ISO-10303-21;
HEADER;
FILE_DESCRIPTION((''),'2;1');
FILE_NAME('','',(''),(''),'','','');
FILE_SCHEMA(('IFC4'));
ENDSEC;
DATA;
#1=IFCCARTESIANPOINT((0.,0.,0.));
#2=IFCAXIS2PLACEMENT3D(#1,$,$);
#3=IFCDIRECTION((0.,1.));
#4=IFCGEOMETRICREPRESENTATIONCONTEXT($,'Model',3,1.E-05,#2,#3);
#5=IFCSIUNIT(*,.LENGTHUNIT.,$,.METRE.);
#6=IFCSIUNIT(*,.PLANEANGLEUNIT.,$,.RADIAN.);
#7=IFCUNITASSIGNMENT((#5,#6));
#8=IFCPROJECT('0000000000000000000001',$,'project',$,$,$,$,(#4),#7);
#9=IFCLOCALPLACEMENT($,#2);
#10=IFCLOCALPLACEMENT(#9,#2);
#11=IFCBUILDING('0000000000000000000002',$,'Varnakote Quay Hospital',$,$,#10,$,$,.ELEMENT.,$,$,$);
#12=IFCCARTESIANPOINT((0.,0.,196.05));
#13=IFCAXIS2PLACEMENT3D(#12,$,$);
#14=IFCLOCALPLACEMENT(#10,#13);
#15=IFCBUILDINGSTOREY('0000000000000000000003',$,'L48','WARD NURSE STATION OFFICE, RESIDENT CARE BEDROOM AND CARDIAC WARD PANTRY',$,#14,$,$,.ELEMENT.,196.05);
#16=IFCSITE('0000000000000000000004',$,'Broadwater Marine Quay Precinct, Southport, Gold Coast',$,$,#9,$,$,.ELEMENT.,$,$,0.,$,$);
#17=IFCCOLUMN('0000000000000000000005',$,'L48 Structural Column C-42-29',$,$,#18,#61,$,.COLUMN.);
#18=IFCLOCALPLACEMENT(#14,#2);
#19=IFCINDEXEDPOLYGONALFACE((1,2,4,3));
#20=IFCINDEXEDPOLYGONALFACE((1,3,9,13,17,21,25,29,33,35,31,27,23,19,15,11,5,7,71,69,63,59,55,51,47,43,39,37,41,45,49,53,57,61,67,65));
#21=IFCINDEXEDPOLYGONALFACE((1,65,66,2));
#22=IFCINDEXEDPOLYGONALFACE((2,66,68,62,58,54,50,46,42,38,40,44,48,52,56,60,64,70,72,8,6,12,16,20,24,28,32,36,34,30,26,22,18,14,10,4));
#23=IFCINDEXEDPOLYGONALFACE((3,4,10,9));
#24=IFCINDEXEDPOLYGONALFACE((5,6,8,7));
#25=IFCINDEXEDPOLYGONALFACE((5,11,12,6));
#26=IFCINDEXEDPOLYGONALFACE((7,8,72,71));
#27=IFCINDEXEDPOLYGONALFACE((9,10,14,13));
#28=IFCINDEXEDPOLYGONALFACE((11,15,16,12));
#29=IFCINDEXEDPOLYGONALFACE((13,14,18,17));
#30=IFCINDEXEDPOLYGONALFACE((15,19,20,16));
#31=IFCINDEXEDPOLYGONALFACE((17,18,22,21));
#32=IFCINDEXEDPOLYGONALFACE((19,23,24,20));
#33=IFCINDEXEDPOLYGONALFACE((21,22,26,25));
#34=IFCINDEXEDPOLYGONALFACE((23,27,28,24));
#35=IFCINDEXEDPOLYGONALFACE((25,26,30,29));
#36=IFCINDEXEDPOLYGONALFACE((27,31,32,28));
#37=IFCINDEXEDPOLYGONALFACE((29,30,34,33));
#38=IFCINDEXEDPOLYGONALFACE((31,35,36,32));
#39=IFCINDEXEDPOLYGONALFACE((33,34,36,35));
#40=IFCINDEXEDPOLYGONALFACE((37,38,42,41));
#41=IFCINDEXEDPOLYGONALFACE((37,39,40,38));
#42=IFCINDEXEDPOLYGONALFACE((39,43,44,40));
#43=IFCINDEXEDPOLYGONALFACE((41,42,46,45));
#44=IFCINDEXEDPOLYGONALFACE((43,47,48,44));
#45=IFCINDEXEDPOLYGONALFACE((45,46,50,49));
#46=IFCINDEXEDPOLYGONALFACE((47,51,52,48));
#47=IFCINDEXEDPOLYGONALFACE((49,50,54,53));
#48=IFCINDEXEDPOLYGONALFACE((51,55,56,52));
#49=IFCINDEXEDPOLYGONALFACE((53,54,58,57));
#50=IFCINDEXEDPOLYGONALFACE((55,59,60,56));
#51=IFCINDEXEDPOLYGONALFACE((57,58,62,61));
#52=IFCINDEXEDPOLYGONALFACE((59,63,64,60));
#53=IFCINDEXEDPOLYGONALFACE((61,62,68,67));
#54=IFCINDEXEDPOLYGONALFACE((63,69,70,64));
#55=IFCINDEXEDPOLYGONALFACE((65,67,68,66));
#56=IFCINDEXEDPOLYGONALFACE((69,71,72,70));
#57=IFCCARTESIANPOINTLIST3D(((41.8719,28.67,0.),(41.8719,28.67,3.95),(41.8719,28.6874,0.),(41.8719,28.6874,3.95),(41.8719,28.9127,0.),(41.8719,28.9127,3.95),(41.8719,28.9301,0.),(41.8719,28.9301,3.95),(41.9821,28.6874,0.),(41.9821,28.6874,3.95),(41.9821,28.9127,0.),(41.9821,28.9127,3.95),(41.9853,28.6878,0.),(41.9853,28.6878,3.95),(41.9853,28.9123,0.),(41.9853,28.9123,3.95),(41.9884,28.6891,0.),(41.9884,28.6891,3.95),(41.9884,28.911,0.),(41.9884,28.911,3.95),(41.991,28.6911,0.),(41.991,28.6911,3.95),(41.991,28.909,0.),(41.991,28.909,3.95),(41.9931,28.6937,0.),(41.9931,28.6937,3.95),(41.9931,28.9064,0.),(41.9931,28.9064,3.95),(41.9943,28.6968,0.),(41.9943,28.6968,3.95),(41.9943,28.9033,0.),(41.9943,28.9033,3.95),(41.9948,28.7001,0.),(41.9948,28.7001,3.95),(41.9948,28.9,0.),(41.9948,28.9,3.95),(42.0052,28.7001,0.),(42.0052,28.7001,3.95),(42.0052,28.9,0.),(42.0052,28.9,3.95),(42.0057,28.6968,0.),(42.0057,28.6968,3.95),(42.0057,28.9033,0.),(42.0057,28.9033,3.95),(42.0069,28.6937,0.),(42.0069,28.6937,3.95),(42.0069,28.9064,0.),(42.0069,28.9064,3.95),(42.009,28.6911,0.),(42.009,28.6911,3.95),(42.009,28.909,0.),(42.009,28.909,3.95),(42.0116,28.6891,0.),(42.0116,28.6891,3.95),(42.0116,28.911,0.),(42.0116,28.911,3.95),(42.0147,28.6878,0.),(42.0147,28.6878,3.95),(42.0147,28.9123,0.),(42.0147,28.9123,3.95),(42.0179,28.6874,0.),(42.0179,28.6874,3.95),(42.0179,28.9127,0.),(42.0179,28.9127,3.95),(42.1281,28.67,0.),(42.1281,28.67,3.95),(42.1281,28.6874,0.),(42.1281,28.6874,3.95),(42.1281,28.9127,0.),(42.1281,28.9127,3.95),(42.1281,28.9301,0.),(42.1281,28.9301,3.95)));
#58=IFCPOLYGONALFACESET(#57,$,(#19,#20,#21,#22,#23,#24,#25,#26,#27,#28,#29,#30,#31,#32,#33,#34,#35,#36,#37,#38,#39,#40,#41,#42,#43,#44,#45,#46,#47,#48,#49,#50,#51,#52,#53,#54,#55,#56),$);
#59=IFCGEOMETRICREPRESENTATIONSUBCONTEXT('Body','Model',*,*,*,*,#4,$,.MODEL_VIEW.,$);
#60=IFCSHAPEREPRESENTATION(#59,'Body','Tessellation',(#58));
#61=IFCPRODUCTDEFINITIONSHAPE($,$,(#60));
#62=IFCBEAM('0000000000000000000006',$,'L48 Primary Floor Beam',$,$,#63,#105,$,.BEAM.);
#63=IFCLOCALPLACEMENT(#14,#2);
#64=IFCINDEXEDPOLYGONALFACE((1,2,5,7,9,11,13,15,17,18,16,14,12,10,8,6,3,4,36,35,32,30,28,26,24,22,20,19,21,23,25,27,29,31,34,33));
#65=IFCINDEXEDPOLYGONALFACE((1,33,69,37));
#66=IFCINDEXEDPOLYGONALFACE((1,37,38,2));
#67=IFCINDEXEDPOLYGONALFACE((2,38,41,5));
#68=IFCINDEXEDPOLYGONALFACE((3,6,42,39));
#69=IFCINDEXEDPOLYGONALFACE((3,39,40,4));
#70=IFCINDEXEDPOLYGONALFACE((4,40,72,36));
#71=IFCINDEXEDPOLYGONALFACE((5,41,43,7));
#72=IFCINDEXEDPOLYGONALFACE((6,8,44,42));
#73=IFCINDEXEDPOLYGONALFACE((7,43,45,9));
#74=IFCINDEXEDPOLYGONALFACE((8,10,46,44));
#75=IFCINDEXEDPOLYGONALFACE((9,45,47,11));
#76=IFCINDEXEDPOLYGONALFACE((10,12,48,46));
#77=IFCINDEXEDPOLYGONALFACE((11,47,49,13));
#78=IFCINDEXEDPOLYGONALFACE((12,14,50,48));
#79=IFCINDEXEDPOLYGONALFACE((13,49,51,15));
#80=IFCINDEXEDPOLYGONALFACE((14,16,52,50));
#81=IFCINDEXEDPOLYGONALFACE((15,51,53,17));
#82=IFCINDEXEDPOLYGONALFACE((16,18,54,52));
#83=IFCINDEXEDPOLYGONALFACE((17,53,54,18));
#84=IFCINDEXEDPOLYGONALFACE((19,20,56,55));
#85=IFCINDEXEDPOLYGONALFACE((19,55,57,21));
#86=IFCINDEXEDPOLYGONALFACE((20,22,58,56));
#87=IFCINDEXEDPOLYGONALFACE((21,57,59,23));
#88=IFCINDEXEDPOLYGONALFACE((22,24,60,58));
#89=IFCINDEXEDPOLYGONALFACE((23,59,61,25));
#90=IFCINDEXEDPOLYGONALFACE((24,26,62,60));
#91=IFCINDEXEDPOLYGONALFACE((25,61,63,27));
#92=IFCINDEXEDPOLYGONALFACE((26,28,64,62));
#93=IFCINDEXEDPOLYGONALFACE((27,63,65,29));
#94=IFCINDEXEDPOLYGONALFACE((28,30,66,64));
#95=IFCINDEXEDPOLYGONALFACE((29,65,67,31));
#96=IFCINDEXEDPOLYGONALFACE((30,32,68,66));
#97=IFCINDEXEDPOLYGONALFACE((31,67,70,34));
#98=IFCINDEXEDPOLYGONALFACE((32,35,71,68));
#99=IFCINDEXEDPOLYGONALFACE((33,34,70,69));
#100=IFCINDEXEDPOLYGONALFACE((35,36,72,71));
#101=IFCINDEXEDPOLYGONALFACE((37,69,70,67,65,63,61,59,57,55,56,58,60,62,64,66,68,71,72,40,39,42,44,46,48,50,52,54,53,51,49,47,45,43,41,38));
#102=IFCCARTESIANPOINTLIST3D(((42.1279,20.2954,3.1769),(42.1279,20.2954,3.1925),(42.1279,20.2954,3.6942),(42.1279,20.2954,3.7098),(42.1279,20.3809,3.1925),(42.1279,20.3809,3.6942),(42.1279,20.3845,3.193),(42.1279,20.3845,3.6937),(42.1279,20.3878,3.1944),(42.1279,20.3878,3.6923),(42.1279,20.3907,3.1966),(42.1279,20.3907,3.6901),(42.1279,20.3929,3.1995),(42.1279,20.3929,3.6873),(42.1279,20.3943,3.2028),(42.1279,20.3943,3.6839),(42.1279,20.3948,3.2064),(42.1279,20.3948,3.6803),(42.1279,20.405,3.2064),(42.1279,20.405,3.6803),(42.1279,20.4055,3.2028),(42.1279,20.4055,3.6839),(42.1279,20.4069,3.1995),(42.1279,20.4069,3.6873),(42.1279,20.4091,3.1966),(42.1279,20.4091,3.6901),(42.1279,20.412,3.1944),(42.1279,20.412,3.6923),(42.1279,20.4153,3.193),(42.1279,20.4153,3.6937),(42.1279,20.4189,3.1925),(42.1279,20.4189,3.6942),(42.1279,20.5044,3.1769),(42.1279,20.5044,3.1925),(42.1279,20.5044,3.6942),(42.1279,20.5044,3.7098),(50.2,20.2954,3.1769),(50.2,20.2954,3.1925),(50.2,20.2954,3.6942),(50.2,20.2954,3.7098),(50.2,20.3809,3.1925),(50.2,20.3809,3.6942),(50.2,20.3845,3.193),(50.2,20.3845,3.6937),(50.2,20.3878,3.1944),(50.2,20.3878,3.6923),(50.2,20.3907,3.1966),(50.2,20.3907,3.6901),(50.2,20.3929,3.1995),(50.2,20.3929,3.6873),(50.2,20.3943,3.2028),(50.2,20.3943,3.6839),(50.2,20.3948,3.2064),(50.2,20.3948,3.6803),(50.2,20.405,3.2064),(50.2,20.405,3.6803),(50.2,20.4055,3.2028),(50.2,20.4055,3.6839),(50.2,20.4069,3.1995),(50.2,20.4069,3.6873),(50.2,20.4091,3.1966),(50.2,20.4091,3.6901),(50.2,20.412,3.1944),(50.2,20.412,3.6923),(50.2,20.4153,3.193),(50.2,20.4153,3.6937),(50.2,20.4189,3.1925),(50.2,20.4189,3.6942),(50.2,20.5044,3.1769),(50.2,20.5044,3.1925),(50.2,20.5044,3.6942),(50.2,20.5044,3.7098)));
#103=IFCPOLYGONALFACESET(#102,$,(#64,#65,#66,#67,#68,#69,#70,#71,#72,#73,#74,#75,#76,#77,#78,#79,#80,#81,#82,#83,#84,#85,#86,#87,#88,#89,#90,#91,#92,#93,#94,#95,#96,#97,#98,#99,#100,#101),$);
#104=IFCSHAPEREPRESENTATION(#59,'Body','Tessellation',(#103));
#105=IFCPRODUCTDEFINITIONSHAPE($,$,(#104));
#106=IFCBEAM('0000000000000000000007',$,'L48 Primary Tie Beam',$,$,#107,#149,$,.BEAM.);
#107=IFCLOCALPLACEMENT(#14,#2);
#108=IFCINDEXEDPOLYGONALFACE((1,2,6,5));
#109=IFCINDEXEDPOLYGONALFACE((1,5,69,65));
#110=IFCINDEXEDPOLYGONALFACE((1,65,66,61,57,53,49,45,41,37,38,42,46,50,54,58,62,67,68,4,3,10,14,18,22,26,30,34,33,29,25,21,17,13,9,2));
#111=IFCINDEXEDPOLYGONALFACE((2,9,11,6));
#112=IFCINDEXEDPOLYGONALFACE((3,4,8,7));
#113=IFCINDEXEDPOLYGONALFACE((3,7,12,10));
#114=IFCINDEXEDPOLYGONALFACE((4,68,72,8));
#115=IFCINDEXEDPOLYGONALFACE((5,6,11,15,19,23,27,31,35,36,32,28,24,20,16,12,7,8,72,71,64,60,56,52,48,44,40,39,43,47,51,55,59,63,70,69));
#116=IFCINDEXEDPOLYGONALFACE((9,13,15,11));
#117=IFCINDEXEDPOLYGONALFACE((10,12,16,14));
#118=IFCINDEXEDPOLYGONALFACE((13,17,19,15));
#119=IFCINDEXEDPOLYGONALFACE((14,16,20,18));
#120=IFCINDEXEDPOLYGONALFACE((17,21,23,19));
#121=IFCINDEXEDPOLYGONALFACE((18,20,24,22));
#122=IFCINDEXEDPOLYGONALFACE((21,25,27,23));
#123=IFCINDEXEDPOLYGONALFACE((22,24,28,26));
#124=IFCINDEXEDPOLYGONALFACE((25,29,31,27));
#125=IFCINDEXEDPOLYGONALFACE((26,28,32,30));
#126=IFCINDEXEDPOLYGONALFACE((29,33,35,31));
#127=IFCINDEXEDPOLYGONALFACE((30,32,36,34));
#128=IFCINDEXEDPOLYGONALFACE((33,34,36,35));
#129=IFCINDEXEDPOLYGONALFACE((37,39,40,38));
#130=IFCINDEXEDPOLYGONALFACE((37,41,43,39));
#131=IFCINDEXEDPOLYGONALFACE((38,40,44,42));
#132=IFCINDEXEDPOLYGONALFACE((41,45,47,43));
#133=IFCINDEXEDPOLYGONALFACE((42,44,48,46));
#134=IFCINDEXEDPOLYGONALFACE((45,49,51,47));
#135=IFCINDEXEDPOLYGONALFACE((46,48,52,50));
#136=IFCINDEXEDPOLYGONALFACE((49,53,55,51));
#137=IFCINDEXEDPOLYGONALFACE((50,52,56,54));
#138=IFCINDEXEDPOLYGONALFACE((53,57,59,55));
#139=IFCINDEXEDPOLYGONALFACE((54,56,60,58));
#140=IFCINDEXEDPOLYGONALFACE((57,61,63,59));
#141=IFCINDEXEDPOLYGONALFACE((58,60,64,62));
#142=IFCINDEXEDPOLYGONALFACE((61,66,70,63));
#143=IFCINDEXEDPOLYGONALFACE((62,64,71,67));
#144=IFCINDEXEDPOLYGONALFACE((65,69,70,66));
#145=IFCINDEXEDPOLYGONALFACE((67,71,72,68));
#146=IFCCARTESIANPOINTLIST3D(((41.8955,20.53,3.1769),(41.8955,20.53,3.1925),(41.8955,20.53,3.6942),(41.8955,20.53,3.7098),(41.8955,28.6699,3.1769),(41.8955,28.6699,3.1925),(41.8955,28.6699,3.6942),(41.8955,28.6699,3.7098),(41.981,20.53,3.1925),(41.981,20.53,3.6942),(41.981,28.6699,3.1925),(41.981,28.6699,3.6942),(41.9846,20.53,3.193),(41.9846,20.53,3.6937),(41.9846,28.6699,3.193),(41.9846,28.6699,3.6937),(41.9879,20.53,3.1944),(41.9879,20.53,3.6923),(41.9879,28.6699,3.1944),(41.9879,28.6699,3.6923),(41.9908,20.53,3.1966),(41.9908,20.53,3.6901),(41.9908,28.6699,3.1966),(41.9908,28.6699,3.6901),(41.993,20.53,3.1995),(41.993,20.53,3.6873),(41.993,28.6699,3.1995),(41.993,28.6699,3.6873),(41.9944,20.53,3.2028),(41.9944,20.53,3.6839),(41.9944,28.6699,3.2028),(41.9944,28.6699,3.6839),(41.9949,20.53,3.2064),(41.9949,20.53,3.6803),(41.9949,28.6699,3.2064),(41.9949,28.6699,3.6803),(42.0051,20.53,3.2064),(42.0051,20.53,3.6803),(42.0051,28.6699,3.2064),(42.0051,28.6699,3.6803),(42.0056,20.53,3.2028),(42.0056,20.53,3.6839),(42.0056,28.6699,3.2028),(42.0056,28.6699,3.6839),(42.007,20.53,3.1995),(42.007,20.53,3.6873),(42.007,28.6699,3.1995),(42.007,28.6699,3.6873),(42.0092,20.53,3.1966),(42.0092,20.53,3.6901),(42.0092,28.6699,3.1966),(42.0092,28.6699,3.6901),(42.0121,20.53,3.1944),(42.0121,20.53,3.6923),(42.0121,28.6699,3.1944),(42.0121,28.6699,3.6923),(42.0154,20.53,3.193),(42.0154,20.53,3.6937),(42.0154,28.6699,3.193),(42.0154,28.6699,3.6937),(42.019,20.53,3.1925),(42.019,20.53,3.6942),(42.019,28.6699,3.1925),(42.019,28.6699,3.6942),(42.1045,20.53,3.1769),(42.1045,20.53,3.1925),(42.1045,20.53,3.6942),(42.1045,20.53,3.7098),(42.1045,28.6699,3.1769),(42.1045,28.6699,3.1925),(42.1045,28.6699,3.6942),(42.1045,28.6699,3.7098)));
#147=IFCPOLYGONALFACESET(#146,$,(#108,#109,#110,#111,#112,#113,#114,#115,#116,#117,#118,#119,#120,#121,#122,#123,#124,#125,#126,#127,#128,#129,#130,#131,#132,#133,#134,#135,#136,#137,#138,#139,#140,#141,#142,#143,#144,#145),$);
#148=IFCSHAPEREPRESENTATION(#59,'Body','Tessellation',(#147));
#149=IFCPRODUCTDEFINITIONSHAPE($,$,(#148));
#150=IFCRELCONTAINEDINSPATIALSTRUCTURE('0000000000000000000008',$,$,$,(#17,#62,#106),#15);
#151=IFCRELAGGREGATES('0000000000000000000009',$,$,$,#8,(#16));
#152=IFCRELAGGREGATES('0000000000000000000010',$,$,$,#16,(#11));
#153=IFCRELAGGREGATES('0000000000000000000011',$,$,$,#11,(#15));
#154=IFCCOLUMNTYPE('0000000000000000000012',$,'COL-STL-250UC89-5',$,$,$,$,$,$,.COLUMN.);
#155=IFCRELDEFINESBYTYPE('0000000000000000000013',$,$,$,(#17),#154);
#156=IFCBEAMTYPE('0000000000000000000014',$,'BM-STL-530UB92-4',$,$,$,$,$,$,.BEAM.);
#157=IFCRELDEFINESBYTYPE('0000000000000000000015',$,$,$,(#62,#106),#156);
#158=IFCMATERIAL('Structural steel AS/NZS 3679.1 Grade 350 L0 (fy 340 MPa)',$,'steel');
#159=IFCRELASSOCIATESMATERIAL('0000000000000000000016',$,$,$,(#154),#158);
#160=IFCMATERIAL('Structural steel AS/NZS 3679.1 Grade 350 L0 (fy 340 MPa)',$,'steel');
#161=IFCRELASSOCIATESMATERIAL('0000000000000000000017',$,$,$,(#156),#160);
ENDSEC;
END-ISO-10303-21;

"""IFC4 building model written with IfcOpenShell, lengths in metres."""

from ifc_helpers import new_model, si_unit, direction, frame, origin, origin_2d, place, context, subcontext, project, spatial, i_section, extrude, material, material_profile, profile_set, type_object, element, save


model = new_model("IFC4")

# Units and contexts
model_context = context("Model", 3, precision=1e-05, world=origin(), true_north=direction((0.0, 1.0)))
body_context = subcontext(model_context, "Body", "Model", "MODEL_VIEW")
ifc_project = project(units=[si_unit("LENGTHUNIT", "METRE"), si_unit("PLANEANGLEUNIT", "RADIAN")], contexts=[model_context])

# Site, building, storey
site_placement = place(None, origin())
site = spatial("IfcSite", under=ifc_project, at=site_placement, Name="Broadwater Marine Quay Precinct, Southport, Gold Coast", CompositionType="ELEMENT", RefElevation=0.0)
building_placement = place(site_placement, origin())
building = spatial("IfcBuilding", under=site, at=building_placement, Name="Varnakote Quay Hospital", CompositionType="ELEMENT")
storey_placement = place(building_placement, frame((0.0, 0.0, 196.05)))
storey = spatial("IfcBuildingStorey", under=building, at=storey_placement, Name="L48", Description="WARD NURSE STATION OFFICE, RESIDENT CARE BEDROOM AND CARDIAC WARD PANTRY", CompositionType="ELEMENT", Elevation=196.05)

# Column
ifc_material_1 = material(Name="Structural steel AS/NZS 3679.1 Grade 350 L0 (fy 340 MPa)", Category="steel")
ifc_material_profile_1 = material_profile(ifc_material_1, i_section(OverallWidth=0.2561, OverallDepth=0.26, WebThickness=0.0105, FlangeThickness=0.0173, FilletRadius=0.0127, at=origin_2d()), Name="250UC89.5")
ifc_profile_set_1 = profile_set([ifc_material_profile_1], Name="Structural steel AS/NZS 3679.1 Grade 350 L0 (fy 340 MPa)")
column_type = type_object("IfcColumnType", Name="COL-STL-250UC89-5", PredefinedType="COLUMN", material=ifc_profile_set_1)
column_placement = place(storey_placement, frame((42.0, 28.8, 0.0), z_axis=(0.0, 0.0, 1.0), x_axis=(1.0, 0.0, 0.0)))
element("IfcColumn", 1, at=column_placement, inside=storey, type_object=column_type, Name="L48 Structural Column C-42-29", PredefinedType="COLUMN", context=body_context, shape_type="SweptSolid", body=[
    extrude(i_section(OverallWidth=0.2561, OverallDepth=0.26, WebThickness=0.0105, FlangeThickness=0.0173, FilletRadius=0.0127, at=origin_2d()), origin(), (0.0, 0.0, 1.0), 3.95),
])

# Beams
ifc_material_2 = material(Name="Structural steel AS/NZS 3679.1 Grade 350 L0 (fy 340 MPa)", Category="steel")
ifc_material_profile_2 = material_profile(ifc_material_2, i_section(OverallWidth=0.209, OverallDepth=0.533, WebThickness=0.0103, FlangeThickness=0.0156, FilletRadius=0.0139, at=origin_2d()), Name="530UB92.4")
ifc_profile_set_2 = profile_set([ifc_material_profile_2], Name="Structural steel AS/NZS 3679.1 Grade 350 L0 (fy 340 MPa)")
beam_type = type_object("IfcBeamType", Name="BM-STL-530UB92-4", PredefinedType="BEAM", material=ifc_profile_set_2)
beam_1_placement = place(storey_placement, frame((42.1279, 20.3999, 3.4434), z_axis=(1.0, 0.0, 0.0), x_axis=(0.0, 1.0, 0.0)))
element("IfcBeam", 2, at=beam_1_placement, inside=storey, type_object=beam_type, Name="L48 Primary Floor Beam", PredefinedType="BEAM", context=body_context, shape_type="SweptSolid", body=[
    extrude(i_section(OverallWidth=0.209, OverallDepth=0.533, WebThickness=0.0103, FlangeThickness=0.0156, FilletRadius=0.0139, at=origin_2d()), origin(), (0.0, 0.0, 1.0), 8.072),
])
beam_2_placement = place(storey_placement, frame((42.0, 20.53, 3.4434), z_axis=(0.0, 1.0, 0.0), x_axis=(-1.0, 0.0, 0.0)))
element("IfcBeam", 3, at=beam_2_placement, inside=storey, type_object=beam_type, Name="L48 Primary Tie Beam", PredefinedType="BEAM", context=body_context, shape_type="SweptSolid", body=[
    extrude(i_section(OverallWidth=0.209, OverallDepth=0.533, WebThickness=0.0103, FlangeThickness=0.0156, FilletRadius=0.0139, at=origin_2d()), origin(), (0.0, 0.0, 1.0), 8.1399),
])

save(model, "model.ifc")
